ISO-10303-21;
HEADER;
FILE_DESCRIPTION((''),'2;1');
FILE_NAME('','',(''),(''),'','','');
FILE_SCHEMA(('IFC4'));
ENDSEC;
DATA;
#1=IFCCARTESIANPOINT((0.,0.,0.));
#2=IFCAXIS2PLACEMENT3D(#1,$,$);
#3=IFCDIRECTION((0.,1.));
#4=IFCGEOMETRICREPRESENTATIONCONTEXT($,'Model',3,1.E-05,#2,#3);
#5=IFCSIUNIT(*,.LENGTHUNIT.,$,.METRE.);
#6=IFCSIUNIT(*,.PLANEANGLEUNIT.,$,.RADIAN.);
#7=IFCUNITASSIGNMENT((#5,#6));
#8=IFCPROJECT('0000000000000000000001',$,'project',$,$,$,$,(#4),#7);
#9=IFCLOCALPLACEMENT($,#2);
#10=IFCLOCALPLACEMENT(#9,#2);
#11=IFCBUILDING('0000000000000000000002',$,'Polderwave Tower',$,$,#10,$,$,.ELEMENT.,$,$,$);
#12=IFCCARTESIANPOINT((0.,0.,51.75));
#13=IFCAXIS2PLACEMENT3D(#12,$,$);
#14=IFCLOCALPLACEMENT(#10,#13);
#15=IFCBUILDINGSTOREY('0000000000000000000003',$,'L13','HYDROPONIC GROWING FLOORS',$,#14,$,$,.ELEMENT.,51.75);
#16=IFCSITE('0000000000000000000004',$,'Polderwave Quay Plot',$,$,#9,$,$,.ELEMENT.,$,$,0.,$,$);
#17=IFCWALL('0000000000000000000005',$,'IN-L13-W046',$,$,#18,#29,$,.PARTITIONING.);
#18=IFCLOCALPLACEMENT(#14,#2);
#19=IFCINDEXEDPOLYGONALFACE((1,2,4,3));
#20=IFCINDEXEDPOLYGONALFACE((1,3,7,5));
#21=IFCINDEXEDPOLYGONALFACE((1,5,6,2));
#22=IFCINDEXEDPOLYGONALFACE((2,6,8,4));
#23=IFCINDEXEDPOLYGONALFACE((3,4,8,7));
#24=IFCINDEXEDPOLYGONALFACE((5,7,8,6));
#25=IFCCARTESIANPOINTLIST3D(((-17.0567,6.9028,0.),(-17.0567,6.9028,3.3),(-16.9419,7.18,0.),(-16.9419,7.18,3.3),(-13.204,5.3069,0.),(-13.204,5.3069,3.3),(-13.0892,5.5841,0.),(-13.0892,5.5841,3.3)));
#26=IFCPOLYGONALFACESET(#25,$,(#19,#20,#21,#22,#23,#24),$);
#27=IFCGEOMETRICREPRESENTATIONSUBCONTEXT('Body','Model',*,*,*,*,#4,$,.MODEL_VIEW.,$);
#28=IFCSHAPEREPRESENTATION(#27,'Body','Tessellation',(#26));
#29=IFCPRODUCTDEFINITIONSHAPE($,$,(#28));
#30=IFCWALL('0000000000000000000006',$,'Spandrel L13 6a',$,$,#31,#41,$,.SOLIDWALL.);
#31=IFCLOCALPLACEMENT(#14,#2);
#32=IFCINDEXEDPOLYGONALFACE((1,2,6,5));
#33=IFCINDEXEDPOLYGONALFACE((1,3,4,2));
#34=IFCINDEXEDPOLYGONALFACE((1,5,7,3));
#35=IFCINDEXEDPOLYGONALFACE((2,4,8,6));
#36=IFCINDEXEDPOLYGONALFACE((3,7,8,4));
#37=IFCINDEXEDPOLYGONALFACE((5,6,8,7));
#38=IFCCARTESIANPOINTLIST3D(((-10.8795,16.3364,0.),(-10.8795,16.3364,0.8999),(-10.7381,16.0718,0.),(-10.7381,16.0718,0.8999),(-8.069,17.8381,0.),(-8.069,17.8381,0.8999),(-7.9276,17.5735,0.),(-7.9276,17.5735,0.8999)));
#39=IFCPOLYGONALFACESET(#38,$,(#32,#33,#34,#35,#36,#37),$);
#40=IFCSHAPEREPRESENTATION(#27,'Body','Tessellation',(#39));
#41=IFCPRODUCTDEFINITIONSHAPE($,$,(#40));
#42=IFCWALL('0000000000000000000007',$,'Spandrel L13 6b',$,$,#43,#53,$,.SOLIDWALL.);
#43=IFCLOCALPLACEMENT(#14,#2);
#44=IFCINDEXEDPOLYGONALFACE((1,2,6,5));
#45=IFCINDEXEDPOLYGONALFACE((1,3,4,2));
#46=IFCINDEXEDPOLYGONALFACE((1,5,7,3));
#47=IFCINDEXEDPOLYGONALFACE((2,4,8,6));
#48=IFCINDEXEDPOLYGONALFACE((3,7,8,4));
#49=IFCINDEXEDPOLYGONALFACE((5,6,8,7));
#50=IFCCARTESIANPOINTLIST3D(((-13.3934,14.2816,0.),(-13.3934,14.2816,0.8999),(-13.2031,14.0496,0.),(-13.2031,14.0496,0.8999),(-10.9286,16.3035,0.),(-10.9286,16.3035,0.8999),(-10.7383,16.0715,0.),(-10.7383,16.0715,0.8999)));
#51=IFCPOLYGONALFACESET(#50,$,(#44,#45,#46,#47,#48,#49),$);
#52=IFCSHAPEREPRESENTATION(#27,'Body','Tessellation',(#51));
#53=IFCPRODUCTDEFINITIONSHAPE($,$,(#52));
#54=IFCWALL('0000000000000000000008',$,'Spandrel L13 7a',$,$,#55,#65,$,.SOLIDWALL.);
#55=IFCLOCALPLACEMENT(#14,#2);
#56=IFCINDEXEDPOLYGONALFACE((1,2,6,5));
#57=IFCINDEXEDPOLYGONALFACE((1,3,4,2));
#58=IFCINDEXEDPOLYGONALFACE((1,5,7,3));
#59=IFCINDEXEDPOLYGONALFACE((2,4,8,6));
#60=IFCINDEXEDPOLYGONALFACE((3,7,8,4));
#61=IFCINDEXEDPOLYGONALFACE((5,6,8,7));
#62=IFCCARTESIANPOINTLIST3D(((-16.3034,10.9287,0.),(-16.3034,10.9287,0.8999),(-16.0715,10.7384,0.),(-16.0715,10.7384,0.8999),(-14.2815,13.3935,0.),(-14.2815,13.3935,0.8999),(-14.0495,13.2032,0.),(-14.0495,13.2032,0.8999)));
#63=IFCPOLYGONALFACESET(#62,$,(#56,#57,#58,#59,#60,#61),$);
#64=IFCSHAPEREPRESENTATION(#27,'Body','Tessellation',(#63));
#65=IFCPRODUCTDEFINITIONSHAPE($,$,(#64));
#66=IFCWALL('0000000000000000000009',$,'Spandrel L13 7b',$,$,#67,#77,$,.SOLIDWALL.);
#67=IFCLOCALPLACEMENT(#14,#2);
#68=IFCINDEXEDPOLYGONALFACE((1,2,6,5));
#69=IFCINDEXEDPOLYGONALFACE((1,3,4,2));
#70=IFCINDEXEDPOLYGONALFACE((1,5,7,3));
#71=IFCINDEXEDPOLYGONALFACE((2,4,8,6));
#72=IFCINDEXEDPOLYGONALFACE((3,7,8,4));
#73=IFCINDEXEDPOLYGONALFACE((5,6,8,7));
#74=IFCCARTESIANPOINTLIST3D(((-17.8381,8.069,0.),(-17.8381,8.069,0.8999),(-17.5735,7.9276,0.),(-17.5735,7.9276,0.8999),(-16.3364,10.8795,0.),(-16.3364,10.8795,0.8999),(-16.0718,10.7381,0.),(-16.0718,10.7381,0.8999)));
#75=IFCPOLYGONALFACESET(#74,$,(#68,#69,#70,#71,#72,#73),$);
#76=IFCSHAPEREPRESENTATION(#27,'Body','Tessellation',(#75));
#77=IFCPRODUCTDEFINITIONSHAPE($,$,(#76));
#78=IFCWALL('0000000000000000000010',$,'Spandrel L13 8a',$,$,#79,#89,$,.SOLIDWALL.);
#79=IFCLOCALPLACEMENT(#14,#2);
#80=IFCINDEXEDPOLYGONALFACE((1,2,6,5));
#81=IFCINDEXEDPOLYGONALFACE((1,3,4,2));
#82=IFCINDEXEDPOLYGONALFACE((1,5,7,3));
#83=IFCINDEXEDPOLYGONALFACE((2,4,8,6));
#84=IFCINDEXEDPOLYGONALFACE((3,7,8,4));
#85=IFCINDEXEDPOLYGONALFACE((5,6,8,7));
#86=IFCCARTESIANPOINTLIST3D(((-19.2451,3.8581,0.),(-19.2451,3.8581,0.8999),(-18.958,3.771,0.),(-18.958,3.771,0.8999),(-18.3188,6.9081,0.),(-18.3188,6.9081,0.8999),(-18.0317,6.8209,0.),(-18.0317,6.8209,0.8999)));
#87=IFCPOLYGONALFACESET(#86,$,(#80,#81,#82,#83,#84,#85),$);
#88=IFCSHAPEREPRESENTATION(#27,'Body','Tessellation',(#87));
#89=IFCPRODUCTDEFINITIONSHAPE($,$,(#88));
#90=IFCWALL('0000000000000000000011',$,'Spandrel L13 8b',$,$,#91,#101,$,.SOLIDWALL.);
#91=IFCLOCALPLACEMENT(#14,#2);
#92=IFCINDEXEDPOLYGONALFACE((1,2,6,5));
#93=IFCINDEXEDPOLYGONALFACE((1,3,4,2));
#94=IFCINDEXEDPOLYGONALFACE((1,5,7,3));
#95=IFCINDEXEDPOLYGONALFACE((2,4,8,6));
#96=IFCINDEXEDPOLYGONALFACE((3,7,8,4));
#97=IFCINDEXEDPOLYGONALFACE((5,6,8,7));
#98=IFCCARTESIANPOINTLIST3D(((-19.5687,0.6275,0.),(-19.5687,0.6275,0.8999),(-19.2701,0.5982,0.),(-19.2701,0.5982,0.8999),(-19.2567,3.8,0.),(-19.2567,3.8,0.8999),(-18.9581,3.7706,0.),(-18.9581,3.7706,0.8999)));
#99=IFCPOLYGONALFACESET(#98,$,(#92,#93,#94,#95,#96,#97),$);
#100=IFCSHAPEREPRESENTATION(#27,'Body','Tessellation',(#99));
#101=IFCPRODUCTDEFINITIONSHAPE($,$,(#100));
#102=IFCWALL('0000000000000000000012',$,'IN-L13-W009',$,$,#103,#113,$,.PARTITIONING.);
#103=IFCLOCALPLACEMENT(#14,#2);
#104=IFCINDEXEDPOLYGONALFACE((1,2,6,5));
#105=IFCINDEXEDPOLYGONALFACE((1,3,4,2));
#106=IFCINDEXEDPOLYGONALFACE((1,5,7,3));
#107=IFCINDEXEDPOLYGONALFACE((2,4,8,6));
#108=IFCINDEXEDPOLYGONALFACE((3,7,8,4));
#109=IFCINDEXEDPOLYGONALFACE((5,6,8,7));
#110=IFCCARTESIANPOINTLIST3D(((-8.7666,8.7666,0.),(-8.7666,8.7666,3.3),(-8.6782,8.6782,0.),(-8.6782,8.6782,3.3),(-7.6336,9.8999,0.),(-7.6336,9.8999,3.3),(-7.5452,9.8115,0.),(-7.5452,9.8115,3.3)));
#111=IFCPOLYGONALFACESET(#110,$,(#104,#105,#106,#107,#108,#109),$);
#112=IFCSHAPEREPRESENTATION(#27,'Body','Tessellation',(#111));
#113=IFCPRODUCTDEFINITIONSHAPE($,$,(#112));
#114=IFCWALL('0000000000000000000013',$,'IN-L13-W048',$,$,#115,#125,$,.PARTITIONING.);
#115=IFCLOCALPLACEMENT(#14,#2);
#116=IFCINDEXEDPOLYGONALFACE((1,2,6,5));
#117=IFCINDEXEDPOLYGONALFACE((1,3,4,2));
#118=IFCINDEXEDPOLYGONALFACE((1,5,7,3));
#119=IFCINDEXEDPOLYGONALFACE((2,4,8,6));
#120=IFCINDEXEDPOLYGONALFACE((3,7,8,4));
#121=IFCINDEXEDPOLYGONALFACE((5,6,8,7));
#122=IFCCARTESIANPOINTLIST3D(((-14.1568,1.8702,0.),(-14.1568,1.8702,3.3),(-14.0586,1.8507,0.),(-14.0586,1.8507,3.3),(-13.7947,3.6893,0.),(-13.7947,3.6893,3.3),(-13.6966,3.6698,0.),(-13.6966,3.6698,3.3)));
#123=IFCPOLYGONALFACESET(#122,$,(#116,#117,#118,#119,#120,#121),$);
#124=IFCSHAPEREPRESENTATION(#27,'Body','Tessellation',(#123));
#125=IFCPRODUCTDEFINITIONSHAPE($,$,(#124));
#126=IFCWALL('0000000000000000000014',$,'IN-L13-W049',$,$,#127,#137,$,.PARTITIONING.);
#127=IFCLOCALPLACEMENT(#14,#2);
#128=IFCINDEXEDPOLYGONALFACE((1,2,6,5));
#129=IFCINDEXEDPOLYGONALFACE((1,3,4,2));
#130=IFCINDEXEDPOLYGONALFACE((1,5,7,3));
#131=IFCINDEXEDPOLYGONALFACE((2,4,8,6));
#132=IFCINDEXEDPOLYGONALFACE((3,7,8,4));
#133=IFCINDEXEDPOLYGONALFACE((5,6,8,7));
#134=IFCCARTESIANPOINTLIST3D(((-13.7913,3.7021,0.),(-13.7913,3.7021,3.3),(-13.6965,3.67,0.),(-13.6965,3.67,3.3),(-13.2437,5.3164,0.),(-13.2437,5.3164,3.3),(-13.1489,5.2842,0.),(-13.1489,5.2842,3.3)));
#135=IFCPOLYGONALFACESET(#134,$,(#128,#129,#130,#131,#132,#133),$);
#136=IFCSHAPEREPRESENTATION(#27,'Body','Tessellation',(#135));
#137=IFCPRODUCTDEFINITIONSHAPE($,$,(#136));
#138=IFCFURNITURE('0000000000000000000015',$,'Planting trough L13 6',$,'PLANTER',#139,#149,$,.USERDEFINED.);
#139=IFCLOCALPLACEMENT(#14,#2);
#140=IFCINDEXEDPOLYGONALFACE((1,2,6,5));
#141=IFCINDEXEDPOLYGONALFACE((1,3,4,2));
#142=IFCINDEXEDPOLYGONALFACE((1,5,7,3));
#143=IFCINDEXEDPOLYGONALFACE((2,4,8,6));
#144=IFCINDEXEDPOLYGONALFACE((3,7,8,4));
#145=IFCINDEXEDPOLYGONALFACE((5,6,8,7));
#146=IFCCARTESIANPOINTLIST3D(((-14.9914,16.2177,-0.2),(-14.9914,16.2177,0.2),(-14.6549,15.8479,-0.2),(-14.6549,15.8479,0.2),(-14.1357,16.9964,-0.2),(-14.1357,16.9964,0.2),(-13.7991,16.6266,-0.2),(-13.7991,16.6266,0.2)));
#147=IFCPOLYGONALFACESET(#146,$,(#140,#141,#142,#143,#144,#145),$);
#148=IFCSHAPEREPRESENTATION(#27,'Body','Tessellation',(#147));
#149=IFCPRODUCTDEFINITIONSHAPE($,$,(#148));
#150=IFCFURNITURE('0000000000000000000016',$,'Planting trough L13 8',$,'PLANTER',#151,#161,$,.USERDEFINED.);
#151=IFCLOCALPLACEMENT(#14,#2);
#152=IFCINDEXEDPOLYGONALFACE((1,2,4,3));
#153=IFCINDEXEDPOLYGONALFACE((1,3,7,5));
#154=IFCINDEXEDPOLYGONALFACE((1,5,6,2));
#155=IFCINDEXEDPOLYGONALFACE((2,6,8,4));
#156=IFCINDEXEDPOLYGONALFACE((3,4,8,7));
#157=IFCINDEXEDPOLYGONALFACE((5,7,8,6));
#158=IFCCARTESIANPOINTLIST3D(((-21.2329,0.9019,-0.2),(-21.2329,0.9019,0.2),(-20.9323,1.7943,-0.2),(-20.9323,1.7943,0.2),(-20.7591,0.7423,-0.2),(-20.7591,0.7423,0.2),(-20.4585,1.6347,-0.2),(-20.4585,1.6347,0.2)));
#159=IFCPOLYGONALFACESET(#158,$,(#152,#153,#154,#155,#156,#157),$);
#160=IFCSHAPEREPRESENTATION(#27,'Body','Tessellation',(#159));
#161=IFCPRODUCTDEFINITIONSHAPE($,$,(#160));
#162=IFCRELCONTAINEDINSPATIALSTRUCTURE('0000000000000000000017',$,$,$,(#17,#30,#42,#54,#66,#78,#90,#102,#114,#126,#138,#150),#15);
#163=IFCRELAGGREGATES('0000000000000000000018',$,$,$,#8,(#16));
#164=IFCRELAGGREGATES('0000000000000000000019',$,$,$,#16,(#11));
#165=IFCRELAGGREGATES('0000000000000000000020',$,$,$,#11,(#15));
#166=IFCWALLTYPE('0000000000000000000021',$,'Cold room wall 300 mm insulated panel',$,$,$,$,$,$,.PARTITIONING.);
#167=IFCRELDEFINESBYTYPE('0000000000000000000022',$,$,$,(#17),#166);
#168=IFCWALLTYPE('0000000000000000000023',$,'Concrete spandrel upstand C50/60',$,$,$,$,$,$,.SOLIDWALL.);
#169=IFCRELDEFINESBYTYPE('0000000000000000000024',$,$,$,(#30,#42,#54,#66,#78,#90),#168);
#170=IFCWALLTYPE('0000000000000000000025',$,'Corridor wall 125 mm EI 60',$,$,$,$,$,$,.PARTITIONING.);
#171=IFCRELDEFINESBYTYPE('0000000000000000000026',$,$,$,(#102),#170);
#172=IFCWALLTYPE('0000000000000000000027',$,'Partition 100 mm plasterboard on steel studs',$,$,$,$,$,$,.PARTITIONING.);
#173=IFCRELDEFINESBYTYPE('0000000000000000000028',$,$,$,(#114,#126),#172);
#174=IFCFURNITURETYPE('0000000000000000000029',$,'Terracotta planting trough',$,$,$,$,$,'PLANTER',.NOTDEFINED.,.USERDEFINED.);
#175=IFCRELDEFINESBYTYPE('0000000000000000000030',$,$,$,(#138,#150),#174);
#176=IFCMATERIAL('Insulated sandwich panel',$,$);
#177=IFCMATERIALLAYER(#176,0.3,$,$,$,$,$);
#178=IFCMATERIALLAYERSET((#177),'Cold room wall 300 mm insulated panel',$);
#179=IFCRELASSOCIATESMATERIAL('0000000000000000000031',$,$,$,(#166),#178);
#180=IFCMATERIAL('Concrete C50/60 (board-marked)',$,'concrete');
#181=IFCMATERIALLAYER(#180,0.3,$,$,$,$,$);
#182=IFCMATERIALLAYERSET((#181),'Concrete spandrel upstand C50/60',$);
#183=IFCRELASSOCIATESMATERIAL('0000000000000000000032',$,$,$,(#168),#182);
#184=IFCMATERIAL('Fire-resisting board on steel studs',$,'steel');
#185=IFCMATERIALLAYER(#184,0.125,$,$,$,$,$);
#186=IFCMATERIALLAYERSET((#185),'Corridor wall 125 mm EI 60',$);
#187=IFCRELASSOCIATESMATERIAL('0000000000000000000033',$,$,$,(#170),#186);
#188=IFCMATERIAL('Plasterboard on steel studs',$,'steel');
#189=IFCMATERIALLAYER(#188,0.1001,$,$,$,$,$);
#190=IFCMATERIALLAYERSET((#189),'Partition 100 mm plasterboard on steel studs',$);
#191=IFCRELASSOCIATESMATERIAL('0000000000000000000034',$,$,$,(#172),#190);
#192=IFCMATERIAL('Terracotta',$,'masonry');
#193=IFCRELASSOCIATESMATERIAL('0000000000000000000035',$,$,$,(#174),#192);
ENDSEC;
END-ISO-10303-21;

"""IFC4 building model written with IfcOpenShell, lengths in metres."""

from ifc_helpers import new_model, si_unit, direction, frame, frame_2d, origin, origin_2d, place, context, subcontext, project, spatial, rectangle, extrude, material, layer, layer_set, type_object, element, save


model = new_model("IFC4")

# Units and contexts
model_context = context("Model", 3, precision=1e-05, world=origin(), true_north=direction((0.0, 1.0)))
body_context = subcontext(model_context, "Body", "Model", "MODEL_VIEW")
ifc_project = project(units=[si_unit("LENGTHUNIT", "METRE"), si_unit("PLANEANGLEUNIT", "RADIAN")], contexts=[model_context])

# Site, building, storey
site_placement = place(None, origin())
site = spatial("IfcSite", under=ifc_project, at=site_placement, Name="Polderwave Quay Plot", CompositionType="ELEMENT", RefElevation=0.0)
building_placement = place(site_placement, origin())
building = spatial("IfcBuilding", under=site, at=building_placement, Name="Polderwave Tower", CompositionType="ELEMENT")
storey_placement = place(building_placement, frame((0.0, 0.0, 51.75)))
storey = spatial("IfcBuildingStorey", under=building, at=storey_placement, Name="L13", Description="HYDROPONIC GROWING FLOORS", CompositionType="ELEMENT", Elevation=51.75)

# Shared definitions
ifc_material_1 = material(Name="Insulated sandwich panel")
ifc_layer_1 = layer(ifc_material_1, 0.3)
ifc_layer_set_1 = layer_set([ifc_layer_1], Name="Cold room wall 300 mm insulated panel")
wall_type_1 = type_object("IfcWallType", Name="Cold room wall 300 mm insulated panel", PredefinedType="PARTITIONING", material=ifc_layer_set_1)

# Walls
wall_1_placement = place(storey_placement, frame((-13.1467, 5.4456, 0.0), z_axis=(0.0, 0.0, 1.0), x_axis=(-0.923873, 0.382698, 0.0)))
element("IfcWall", 1, at=wall_1_placement, inside=storey, type_object=wall_type_1, Name="IN-L13-W046", PredefinedType="PARTITIONING", context=body_context, shape_type="SweptSolid", body=[
    extrude(rectangle(XDim=4.1702, YDim=0.3, at=frame_2d((2.085, 0.0))), origin(), (0.0, 0.0, 1.0), 3.3),
])
ifc_material_2 = material(Name="Concrete C50/60 (board-marked)", Category="concrete")
ifc_layer_2 = layer(ifc_material_2, 0.3)
ifc_layer_set_2 = layer_set([ifc_layer_2], Name="Concrete spandrel upstand C50/60")
wall_type_2 = type_object("IfcWallType", Name="Concrete spandrel upstand C50/60", PredefinedType="SOLIDWALL", material=ifc_layer_set_2)
wall_2_placement = place(storey_placement, frame((-7.9983, 17.7058, 0.0), z_axis=(0.0, 0.0, 1.0), x_axis=(-0.881994, -0.47126, 0.0)))
element("IfcWall", 2, at=wall_2_placement, inside=storey, type_object=wall_type_2, Name="Spandrel L13 6a", PredefinedType="SOLIDWALL", context=body_context, shape_type="SweptSolid", body=[
    extrude(rectangle(XDim=3.1865, YDim=0.3, at=frame_2d((1.5933, 0.0))), origin(), (0.0, 0.0, 1.0), 0.8999),
])
for number, where, z_axis, x_axis, name in (
    (3, (-10.8335, 16.1875, 0.0), (0.0, 0.0, 1.0), (-0.773145, -0.63423, 0.0), "Spandrel L13 6b"),
    (4, (-14.1655, 13.2983, 0.0), (0.0, 0.0, 1.0), (-0.63423, -0.773145, 0.0), "Spandrel L13 7a"),
):
    element("IfcWall", number, at=place(storey_placement, frame(where, z_axis=z_axis, x_axis=x_axis)), inside=storey, type_object=wall_type_2, Name=name, PredefinedType="SOLIDWALL", context=body_context, shape_type="SweptSolid", body=[
        extrude(rectangle(XDim=3.188, YDim=0.3, at=frame_2d((1.594, 0.0))), origin(), (0.0, 0.0, 1.0), 0.8999),
    ])
wall_3_placement = place(storey_placement, frame((-16.2041, 10.8088, 0.0), z_axis=(0.0, 0.0, 1.0), x_axis=(-0.47126, -0.881994, 0.0)))
element("IfcWall", 5, at=wall_3_placement, inside=storey, type_object=wall_type_2, Name="Spandrel L13 7b", PredefinedType="SOLIDWALL", context=body_context, shape_type="SweptSolid", body=[
    extrude(rectangle(XDim=3.1865, YDim=0.3, at=frame_2d((1.5933, 0.0))), origin(), (0.0, 0.0, 1.0), 0.8999),
])
wall_4_placement = place(storey_placement, frame((-18.1753, 6.8645, 0.0), z_axis=(0.0, 0.0, 1.0), x_axis=(-0.290586, -0.956849, 0.0)))
element("IfcWall", 6, at=wall_4_placement, inside=storey, type_object=wall_type_2, Name="Spandrel L13 8a", PredefinedType="SOLIDWALL", context=body_context, shape_type="SweptSolid", body=[
    extrude(rectangle(XDim=3.1875, YDim=0.3, at=frame_2d((1.5938, 0.0))), origin(), (0.0, 0.0, 1.0), 0.8999),
])
wall_5_placement = place(storey_placement, frame((-19.1074, 3.7852, 0.0), z_axis=(0.0, 0.0, 1.0), x_axis=(-0.097881, -0.995198, 0.0)))
element("IfcWall", 7, at=wall_5_placement, inside=storey, type_object=wall_type_2, Name="Spandrel L13 8b", PredefinedType="SOLIDWALL", context=body_context, shape_type="SweptSolid", body=[
    extrude(rectangle(XDim=3.1877, YDim=0.3, at=frame_2d((1.5938, 0.0))), origin(), (0.0, 0.0, 1.0), 0.8999),
])
ifc_material_3 = material(Name="Fire-resisting board on steel studs", Category="steel")
ifc_layer_3 = layer(ifc_material_3, 0.125)
ifc_layer_set_3 = layer_set([ifc_layer_3], Name="Corridor wall 125 mm EI 60")
wall_type_3 = type_object("IfcWallType", Name="Corridor wall 125 mm EI 60", PredefinedType="PARTITIONING", material=ifc_layer_set_3)
wall_6_placement = place(storey_placement, frame((-8.7224, 8.7224, 0.0), z_axis=(0.0, 0.0, 1.0), x_axis=(0.707031, 0.707183, 0.0)))
element("IfcWall", 8, at=wall_6_placement, inside=storey, type_object=wall_type_3, Name="IN-L13-W009", PredefinedType="PARTITIONING", context=body_context, shape_type="SweptSolid", body=[
    extrude(rectangle(XDim=1.6025, YDim=0.125, at=frame_2d((0.8013, 0.0))), origin(), (0.0, 0.0, 1.0), 3.3),
])
ifc_material_4 = material(Name="Plasterboard on steel studs", Category="steel")
ifc_layer_4 = layer(ifc_material_4, 0.1001)
ifc_layer_set_4 = layer_set([ifc_layer_4], Name="Partition 100 mm plasterboard on steel studs")
wall_type_4 = type_object("IfcWallType", Name="Partition 100 mm plasterboard on steel studs", PredefinedType="PARTITIONING", material=ifc_layer_set_4)
wall_7_placement = place(storey_placement, frame((-14.1077, 1.8606, 0.0), z_axis=(0.0, 0.0, 1.0), x_axis=(0.195205, 0.980763, 0.0)))
element("IfcWall", 9, at=wall_7_placement, inside=storey, type_object=wall_type_4, Name="IN-L13-W048", PredefinedType="PARTITIONING", context=body_context, shape_type="SweptSolid", body=[
    extrude(rectangle(XDim=1.8547, YDim=0.1001, at=frame_2d((0.9272, 0.0))), origin(), (0.0, 0.0, 1.0), 3.3),
])
wall_8_placement = place(storey_placement, frame((-13.7439, 3.686, 0.0), z_axis=(0.0, 0.0, 1.0), x_axis=(0.32125, 0.946994, 0.0)))
element("IfcWall", 10, at=wall_8_placement, inside=storey, type_object=wall_type_4, Name="IN-L13-W049", PredefinedType="PARTITIONING", context=body_context, shape_type="SweptSolid", body=[
    extrude(rectangle(XDim=1.7046, YDim=0.1001, at=frame_2d((0.8523, 0.0))), origin(), (0.0, 0.0, 1.0), 3.3),
])

# Furniture
ifc_material_5 = material(Name="Terracotta", Category="masonry")
furniture_type = type_object("IfcFurnitureType", Name="Terracotta planting trough", ElementType="PLANTER", AssemblyPlace="NOTDEFINED", PredefinedType="USERDEFINED", material=ifc_material_5)
furniture_1_placement = place(storey_placement, frame((-14.3953, 16.4221, -0.2), z_axis=(0.0, 0.0, 1.0), x_axis=(-0.739601, -0.673046, 0.0)))
element("IfcFurniture", 11, at=furniture_1_placement, inside=storey, type_object=furniture_type, Name="Planting trough L13 6", ObjectType="PLANTER", PredefinedType="USERDEFINED", context=body_context, shape_type="SweptSolid", body=[
    extrude(rectangle(XDim=1.157, YDim=0.5, at=origin_2d()), origin(), (0.0, 0.0, 1.0), 0.3999),
])
furniture_2_placement = place(storey_placement, frame((-20.8457, 1.2683, -0.2), z_axis=(0.0, 0.0, 1.0), x_axis=(-0.319259, -0.947668, 0.0)))
element("IfcFurniture", 12, at=furniture_2_placement, inside=storey, type_object=furniture_type, Name="Planting trough L13 8", ObjectType="PLANTER", PredefinedType="USERDEFINED", context=body_context, shape_type="SweptSolid", body=[
    extrude(rectangle(XDim=0.9417, YDim=0.5, at=origin_2d()), origin(), (0.0, 0.0, 1.0), 0.3999),
])

save(model, "model.ifc")
